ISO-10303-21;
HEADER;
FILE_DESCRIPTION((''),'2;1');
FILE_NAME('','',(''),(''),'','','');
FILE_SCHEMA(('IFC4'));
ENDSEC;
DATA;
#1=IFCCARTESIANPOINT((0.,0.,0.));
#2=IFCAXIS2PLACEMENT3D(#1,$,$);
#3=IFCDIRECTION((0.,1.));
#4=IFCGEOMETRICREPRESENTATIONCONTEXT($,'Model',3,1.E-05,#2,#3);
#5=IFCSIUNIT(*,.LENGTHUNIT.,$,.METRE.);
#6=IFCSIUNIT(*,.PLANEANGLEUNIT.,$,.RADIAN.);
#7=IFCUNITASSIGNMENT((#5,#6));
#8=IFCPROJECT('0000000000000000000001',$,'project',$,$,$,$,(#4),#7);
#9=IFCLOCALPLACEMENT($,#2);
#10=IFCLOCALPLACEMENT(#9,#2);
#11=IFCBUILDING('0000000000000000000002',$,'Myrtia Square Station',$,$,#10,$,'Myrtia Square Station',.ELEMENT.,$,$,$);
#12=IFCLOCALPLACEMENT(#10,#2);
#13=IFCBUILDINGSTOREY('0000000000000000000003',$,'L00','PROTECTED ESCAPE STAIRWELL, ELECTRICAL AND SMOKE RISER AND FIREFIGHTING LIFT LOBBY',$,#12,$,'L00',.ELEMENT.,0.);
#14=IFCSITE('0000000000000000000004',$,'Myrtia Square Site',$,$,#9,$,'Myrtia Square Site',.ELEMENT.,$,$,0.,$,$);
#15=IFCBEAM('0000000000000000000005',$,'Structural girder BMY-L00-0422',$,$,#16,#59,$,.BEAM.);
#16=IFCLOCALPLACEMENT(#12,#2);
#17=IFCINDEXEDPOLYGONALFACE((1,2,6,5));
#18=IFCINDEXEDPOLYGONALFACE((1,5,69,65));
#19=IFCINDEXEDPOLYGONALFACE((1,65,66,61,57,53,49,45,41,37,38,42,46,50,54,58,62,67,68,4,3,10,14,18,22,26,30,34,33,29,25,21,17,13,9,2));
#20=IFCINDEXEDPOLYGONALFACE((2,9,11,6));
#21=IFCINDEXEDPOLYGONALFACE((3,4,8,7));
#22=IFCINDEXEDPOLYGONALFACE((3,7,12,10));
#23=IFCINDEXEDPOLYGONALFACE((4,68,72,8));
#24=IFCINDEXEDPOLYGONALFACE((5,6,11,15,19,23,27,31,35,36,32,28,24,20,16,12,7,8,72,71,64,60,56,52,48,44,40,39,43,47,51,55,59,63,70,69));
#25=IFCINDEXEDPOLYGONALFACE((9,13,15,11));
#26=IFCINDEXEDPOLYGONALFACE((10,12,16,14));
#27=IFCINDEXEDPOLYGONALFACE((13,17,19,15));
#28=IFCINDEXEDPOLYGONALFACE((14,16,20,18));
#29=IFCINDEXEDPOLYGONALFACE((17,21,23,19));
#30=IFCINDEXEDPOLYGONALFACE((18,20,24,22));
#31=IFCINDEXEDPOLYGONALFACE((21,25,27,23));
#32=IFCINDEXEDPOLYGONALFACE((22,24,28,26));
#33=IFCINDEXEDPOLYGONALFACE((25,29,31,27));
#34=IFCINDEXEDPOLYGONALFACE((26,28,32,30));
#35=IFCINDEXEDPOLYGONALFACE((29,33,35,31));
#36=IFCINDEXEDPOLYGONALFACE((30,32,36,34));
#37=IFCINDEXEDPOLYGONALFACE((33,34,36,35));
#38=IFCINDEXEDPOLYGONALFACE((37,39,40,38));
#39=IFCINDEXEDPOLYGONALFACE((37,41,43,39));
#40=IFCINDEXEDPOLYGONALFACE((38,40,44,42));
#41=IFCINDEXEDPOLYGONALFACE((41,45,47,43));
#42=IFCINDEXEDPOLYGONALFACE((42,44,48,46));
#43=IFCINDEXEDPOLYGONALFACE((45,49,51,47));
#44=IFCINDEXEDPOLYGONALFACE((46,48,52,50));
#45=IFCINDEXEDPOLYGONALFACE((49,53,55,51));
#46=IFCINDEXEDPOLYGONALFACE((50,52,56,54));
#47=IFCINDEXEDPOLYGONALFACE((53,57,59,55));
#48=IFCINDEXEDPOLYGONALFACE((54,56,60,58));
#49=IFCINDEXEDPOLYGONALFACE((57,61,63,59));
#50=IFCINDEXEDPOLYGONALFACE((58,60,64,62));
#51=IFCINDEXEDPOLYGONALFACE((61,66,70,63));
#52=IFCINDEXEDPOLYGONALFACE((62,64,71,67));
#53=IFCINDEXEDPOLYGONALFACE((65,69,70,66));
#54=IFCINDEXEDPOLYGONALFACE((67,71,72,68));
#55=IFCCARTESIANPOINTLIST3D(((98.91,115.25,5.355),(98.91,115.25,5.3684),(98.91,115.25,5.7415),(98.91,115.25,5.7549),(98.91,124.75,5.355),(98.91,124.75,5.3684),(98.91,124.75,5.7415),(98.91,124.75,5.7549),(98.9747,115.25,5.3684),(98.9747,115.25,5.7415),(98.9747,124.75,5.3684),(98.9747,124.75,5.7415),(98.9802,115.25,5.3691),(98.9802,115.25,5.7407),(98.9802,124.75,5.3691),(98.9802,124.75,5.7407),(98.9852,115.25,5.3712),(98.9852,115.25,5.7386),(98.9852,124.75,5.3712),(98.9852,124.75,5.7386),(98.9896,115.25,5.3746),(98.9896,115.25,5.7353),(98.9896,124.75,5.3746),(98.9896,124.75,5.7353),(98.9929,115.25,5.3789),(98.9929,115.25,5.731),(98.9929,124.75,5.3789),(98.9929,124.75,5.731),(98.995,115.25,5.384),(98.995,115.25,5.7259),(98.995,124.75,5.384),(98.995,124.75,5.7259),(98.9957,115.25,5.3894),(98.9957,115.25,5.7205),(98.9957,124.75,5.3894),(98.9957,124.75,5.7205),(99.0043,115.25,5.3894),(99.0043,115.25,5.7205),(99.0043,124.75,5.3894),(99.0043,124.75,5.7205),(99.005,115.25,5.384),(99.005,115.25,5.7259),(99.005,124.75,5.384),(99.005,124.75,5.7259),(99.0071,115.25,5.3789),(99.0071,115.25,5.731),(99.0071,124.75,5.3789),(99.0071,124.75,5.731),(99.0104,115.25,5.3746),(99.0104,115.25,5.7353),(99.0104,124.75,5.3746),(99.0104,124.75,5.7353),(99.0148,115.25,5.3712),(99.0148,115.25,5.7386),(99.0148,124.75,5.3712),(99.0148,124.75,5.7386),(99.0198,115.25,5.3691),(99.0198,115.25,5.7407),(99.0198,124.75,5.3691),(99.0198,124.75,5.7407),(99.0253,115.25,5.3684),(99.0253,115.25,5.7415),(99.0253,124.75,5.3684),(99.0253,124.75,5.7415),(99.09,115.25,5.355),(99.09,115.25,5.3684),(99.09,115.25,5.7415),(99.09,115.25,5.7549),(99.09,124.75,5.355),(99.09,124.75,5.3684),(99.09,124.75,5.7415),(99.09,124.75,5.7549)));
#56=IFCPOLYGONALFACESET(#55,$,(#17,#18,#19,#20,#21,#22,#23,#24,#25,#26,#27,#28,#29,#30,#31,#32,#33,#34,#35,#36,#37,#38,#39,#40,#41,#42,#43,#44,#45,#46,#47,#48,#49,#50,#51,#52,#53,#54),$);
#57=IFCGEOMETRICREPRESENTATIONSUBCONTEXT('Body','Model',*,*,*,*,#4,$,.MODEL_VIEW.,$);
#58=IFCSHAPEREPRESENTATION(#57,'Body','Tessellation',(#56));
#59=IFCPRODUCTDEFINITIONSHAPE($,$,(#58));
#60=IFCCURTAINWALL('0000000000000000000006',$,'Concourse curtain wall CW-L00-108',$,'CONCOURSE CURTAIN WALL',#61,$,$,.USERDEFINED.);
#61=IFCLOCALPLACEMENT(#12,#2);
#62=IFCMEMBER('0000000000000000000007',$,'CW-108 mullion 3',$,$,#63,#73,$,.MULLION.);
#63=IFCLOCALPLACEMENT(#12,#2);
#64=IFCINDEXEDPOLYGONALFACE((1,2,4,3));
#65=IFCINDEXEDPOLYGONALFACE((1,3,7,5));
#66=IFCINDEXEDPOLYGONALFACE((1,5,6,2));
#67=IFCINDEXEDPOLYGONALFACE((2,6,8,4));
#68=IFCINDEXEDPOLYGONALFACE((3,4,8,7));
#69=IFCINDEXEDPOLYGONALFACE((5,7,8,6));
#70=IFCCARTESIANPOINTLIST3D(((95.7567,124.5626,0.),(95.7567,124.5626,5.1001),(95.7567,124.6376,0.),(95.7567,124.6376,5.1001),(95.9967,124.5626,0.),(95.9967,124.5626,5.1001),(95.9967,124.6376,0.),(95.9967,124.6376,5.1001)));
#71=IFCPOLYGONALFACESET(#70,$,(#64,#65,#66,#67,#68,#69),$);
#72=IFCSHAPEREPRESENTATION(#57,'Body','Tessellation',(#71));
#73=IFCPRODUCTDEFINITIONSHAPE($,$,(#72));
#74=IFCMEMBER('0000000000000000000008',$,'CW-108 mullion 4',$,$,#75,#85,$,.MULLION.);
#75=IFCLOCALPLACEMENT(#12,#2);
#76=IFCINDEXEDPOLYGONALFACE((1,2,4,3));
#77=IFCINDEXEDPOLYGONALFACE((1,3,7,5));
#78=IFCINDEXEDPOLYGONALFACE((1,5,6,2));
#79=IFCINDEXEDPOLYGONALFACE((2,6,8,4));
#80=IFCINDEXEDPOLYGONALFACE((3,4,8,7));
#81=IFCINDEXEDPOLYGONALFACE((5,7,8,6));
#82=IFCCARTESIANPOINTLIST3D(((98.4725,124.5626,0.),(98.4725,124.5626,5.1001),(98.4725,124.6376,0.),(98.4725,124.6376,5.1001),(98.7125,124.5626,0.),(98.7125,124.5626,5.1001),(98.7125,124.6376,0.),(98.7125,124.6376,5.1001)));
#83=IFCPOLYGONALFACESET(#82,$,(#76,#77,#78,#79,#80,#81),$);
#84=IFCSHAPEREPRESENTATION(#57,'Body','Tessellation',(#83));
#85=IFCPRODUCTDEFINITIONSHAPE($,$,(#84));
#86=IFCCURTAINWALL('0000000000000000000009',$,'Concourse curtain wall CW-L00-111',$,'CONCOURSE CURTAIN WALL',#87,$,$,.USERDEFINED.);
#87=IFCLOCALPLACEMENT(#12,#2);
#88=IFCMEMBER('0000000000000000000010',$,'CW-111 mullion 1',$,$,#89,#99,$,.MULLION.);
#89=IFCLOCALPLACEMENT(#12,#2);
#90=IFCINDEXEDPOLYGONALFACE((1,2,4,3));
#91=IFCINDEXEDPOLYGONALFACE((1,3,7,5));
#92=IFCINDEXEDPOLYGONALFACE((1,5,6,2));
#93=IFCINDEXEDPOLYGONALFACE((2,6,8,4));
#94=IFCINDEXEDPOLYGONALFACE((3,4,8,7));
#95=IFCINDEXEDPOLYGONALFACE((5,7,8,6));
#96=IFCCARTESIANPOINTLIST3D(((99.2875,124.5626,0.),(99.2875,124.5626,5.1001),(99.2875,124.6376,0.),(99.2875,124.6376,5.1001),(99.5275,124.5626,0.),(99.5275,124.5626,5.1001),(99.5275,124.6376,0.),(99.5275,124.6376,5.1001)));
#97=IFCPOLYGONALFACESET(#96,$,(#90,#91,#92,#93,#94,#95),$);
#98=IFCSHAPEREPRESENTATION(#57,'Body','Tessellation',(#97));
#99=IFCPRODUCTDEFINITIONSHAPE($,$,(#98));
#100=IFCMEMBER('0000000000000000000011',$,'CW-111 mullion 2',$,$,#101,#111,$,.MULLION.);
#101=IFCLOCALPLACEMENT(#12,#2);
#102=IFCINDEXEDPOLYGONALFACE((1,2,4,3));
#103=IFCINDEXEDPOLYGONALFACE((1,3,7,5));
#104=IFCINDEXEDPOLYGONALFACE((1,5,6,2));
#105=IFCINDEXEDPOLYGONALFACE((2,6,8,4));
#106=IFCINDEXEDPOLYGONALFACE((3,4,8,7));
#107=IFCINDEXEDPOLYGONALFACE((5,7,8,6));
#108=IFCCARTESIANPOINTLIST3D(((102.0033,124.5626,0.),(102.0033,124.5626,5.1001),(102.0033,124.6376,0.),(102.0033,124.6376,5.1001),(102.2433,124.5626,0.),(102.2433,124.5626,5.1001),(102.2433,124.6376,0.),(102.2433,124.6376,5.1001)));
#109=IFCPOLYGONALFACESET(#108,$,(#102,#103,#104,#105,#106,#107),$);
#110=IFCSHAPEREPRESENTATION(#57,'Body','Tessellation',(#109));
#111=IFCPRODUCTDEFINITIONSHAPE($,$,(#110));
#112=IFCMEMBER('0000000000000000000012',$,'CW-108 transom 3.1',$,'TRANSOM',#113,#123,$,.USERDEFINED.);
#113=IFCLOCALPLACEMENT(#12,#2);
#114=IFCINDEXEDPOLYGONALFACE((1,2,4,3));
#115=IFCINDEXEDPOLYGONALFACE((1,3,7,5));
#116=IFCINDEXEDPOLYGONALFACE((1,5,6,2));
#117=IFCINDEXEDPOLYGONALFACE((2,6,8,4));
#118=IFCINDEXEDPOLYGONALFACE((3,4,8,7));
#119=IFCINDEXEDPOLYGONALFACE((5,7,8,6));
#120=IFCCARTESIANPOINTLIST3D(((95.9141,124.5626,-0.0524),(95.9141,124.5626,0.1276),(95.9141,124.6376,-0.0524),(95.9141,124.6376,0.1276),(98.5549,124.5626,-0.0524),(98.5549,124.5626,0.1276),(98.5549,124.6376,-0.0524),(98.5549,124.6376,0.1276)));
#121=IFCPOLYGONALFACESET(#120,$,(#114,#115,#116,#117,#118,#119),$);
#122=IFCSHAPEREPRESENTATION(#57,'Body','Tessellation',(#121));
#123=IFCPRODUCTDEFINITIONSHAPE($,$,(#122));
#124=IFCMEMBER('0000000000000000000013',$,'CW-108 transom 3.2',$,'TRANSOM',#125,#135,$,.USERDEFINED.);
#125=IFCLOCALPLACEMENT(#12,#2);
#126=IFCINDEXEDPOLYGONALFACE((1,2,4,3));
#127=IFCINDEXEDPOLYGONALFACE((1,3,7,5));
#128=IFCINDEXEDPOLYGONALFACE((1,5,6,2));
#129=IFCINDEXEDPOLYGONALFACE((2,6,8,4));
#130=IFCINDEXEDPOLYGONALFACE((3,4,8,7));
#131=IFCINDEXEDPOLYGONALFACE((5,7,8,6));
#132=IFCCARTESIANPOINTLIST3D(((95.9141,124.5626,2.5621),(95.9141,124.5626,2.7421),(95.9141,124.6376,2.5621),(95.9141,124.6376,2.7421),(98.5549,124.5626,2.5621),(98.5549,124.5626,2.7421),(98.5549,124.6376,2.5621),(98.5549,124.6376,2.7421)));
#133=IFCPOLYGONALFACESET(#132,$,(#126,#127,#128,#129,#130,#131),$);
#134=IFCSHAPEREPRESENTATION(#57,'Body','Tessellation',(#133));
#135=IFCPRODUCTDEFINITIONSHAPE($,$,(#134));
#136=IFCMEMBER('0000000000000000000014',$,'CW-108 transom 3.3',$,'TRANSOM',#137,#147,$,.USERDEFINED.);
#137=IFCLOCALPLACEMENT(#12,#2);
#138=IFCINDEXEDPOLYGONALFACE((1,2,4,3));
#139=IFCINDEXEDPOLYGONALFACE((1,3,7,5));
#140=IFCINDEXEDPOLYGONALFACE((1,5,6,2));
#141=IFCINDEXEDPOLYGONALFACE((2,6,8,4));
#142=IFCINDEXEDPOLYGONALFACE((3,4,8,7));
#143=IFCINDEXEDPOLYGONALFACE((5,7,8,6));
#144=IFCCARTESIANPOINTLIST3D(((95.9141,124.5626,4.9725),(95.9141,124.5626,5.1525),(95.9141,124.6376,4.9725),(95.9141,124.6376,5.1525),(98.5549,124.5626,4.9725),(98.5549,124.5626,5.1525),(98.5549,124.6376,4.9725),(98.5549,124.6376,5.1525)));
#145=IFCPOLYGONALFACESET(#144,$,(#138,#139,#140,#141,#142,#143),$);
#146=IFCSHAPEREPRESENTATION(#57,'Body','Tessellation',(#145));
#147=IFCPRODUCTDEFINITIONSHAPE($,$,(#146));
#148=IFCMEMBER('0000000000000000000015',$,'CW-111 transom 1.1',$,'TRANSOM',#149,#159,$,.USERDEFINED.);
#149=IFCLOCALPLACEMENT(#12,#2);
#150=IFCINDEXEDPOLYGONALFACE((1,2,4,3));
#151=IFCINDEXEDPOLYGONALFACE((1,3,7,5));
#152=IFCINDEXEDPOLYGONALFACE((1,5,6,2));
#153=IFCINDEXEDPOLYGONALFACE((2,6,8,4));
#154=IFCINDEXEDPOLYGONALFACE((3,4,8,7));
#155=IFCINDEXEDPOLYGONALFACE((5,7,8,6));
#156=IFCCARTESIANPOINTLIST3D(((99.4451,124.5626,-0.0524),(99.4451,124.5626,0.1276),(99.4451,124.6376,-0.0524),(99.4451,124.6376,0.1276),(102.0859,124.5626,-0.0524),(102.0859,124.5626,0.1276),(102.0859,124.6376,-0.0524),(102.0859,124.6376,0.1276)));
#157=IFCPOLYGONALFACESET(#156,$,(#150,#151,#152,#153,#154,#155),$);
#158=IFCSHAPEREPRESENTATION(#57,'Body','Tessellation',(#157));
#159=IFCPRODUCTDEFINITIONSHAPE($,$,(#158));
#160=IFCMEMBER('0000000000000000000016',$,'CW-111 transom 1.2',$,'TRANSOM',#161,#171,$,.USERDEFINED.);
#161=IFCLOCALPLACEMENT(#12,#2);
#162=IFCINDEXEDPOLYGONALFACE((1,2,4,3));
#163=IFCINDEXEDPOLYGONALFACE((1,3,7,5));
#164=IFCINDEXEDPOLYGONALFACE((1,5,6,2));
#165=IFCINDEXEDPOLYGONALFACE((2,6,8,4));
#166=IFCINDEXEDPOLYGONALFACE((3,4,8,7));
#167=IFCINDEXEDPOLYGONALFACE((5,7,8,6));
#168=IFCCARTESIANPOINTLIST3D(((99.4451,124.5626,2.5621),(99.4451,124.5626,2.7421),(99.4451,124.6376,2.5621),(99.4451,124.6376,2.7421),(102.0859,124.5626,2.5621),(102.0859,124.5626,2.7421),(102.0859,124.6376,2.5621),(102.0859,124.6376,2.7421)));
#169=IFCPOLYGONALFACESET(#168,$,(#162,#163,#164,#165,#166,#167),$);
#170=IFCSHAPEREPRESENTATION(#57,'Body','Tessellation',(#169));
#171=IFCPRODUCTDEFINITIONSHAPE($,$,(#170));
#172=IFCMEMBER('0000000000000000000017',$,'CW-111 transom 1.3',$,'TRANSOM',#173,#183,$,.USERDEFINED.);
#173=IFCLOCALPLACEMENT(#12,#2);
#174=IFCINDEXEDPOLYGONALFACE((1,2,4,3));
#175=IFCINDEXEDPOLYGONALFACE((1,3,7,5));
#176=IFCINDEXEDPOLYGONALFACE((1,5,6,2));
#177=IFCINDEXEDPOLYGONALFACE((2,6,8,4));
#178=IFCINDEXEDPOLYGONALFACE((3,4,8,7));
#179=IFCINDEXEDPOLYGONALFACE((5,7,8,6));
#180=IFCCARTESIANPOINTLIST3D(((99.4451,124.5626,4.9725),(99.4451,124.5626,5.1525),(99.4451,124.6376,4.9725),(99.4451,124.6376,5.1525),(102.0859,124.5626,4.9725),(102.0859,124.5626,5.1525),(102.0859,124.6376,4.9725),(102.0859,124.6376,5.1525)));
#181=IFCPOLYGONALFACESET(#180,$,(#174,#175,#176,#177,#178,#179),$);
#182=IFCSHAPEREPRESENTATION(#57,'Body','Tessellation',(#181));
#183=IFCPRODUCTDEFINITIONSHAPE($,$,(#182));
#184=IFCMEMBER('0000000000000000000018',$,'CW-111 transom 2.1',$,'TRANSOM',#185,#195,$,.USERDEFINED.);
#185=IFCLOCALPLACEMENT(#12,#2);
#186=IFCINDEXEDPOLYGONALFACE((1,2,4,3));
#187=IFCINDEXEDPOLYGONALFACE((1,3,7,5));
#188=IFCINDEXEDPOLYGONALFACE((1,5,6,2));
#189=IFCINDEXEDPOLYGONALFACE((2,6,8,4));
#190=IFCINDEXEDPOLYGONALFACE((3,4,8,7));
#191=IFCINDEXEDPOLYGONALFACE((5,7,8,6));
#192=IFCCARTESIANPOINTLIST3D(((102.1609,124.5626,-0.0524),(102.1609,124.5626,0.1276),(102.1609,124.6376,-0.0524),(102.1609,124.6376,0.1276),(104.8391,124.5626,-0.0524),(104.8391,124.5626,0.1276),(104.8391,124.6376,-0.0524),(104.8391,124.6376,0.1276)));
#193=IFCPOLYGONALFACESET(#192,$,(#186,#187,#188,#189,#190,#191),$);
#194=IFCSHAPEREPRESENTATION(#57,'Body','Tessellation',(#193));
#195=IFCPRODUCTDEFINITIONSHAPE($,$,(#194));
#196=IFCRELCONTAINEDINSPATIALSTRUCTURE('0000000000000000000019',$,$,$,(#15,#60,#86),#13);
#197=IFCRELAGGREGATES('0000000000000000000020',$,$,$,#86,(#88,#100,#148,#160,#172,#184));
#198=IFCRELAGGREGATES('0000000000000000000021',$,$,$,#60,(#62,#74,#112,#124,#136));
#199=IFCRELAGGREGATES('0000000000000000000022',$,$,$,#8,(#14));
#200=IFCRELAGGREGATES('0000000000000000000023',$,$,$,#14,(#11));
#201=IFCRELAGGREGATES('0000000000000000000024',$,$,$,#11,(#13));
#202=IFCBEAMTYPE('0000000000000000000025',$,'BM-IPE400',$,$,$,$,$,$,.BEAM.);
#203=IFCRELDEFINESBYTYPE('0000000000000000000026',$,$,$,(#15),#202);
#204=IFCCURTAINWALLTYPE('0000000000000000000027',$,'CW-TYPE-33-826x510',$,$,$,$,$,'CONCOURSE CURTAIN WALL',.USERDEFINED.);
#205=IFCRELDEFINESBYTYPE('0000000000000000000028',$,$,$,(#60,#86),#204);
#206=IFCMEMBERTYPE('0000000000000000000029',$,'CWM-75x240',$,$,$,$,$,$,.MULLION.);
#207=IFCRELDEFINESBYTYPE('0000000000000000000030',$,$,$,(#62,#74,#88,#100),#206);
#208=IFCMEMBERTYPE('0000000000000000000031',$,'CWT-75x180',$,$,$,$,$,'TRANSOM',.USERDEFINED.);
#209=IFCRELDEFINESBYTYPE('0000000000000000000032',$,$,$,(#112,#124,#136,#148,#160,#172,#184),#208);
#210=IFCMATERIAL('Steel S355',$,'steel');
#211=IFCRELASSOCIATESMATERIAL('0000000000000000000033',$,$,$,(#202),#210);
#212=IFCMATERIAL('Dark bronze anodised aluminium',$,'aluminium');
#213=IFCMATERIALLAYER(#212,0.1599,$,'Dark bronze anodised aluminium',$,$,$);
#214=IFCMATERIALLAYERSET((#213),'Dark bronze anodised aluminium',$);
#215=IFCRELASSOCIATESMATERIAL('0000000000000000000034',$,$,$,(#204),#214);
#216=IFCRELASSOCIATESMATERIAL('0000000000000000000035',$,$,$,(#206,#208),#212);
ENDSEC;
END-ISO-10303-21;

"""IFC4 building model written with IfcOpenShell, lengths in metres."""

from ifc_helpers import new_model, si_unit, direction, frame, origin, origin_2d, place, context, subcontext, project, spatial, rectangle, i_section, extrude, material, layer, layer_set, material_profile, profile_set, type_object, element, aggregate, save


model = new_model("IFC4")

# Units and contexts
model_context = context("Model", 3, precision=1e-05, world=origin(), true_north=direction((0.0, 1.0)))
body_context = subcontext(model_context, "Body", "Model", "MODEL_VIEW")
ifc_project = project(units=[si_unit("LENGTHUNIT", "METRE"), si_unit("PLANEANGLEUNIT", "RADIAN")], contexts=[model_context])

# Site, building, storey
site_placement = place(None, origin())
site = spatial("IfcSite", under=ifc_project, at=site_placement, Name="Myrtia Square Site", LongName="Myrtia Square Site", CompositionType="ELEMENT", RefElevation=0.0)
building_placement = place(site_placement, origin())
building = spatial("IfcBuilding", under=site, at=building_placement, Name="Myrtia Square Station", LongName="Myrtia Square Station", CompositionType="ELEMENT")
storey_placement = place(building_placement, origin())
storey = spatial("IfcBuildingStorey", under=building, at=storey_placement, Name="L00", Description="PROTECTED ESCAPE STAIRWELL, ELECTRICAL AND SMOKE RISER AND FIREFIGHTING LIFT LOBBY", LongName="L00", CompositionType="ELEMENT", Elevation=0.0)

# Shared definitions
ifc_material_1 = material(Name="Steel S355", Category="steel")

# Beam
ifc_material_profile_1 = material_profile(ifc_material_1, i_section(OverallWidth=0.1799, OverallDepth=0.3999, WebThickness=0.0085, FlangeThickness=0.0134, FilletRadius=0.021, at=origin_2d()), Name="IPE 400")
ifc_profile_set_1 = profile_set([ifc_material_profile_1], Name="Steel S355")
beam_type_1 = type_object("IfcBeamType", Name="BM-IPE400", PredefinedType="BEAM", material=ifc_profile_set_1)
beam_1_placement = place(storey_placement, frame((99.0, 115.25, 5.5549), z_axis=(0.0, 1.0, 0.0), x_axis=(-1.0, 0.0, 0.0)))
element("IfcBeam", 1, at=beam_1_placement, inside=storey, type_object=beam_type_1, Name="Structural girder BMY-L00-0422", PredefinedType="BEAM", context=body_context, shape_type="SweptSolid", body=[
    extrude(i_section(OverallWidth=0.1799, OverallDepth=0.3999, WebThickness=0.0085, FlangeThickness=0.0134, FilletRadius=0.021, at=origin_2d()), origin(), (0.0, 0.0, 1.0), 9.5),
])

# Curtain walls, members
ifc_material_2 = material(Name="Dark bronze anodised aluminium", Category="aluminium")
ifc_layer_1 = layer(ifc_material_2, 0.1599, Name="Dark bronze anodised aluminium")
ifc_layer_set_1 = layer_set([ifc_layer_1], Name="Dark bronze anodised aluminium")
curtain_wall_type = type_object("IfcCurtainWallType", Name="CW-TYPE-33-826x510", ElementType="CONCOURSE CURTAIN WALL", PredefinedType="USERDEFINED", material=ifc_layer_set_1)
curtain_wall_1_placement = place(storey_placement, origin())
curtain_wall_1 = element("IfcCurtainWall", 2, at=curtain_wall_1_placement, inside=storey, type_object=curtain_wall_type, Name="Concourse curtain wall CW-L00-108", ObjectType="CONCOURSE CURTAIN WALL", PredefinedType="USERDEFINED")
ifc_material_profile_2 = material_profile(ifc_material_2, rectangle(XDim=0.075, YDim=0.24, at=origin_2d()), Name="ALU-M 75x240")
ifc_profile_set_2 = profile_set([ifc_material_profile_2], Name="Dark bronze anodised aluminium")
member_type_1 = type_object("IfcMemberType", Name="CWM-75x240", PredefinedType="MULLION", material=ifc_profile_set_2)
member_1_placement = place(storey_placement, frame((95.8767, 124.6001, 0.0), z_axis=(0.0, 0.0, 1.0), x_axis=(0.0, 1.0, 0.0)))
member_1 = element("IfcMember", 3, at=member_1_placement, type_object=member_type_1, Name="CW-108 mullion 3", PredefinedType="MULLION", context=body_context, shape_type="SweptSolid", body=[
    extrude(rectangle(XDim=0.075, YDim=0.24, at=origin_2d()), origin(), (0.0, 0.0, 1.0), 5.1001),
])
member_2_placement = place(storey_placement, frame((98.5925, 124.6001, 0.0), z_axis=(0.0, 0.0, 1.0), x_axis=(0.0, 1.0, 0.0)))
member_2 = element("IfcMember", 4, at=member_2_placement, type_object=member_type_1, Name="CW-108 mullion 4", PredefinedType="MULLION", context=body_context, shape_type="SweptSolid", body=[
    extrude(rectangle(XDim=0.075, YDim=0.24, at=origin_2d()), origin(), (0.0, 0.0, 1.0), 5.1001),
])
curtain_wall_2_placement = place(storey_placement, origin())
curtain_wall_2 = element("IfcCurtainWall", 5, at=curtain_wall_2_placement, inside=storey, type_object=curtain_wall_type, Name="Concourse curtain wall CW-L00-111", ObjectType="CONCOURSE CURTAIN WALL", PredefinedType="USERDEFINED")
member_3_placement = place(storey_placement, frame((99.4075, 124.6001, 0.0), z_axis=(0.0, 0.0, 1.0), x_axis=(0.0, 1.0, 0.0)))
member_3 = element("IfcMember", 6, at=member_3_placement, type_object=member_type_1, Name="CW-111 mullion 1", PredefinedType="MULLION", context=body_context, shape_type="SweptSolid", body=[
    extrude(rectangle(XDim=0.075, YDim=0.24, at=origin_2d()), origin(), (0.0, 0.0, 1.0), 5.1001),
])
member_4_placement = place(storey_placement, frame((102.1233, 124.6001, 0.0), z_axis=(0.0, 0.0, 1.0), x_axis=(0.0, 1.0, 0.0)))
member_4 = element("IfcMember", 7, at=member_4_placement, type_object=member_type_1, Name="CW-111 mullion 2", PredefinedType="MULLION", context=body_context, shape_type="SweptSolid", body=[
    extrude(rectangle(XDim=0.075, YDim=0.24, at=origin_2d()), origin(), (0.0, 0.0, 1.0), 5.1001),
])

# Members
ifc_material_profile_3 = material_profile(ifc_material_2, rectangle(XDim=0.075, YDim=0.1799, at=origin_2d()), Name="ALU-T 75x180")
ifc_profile_set_3 = profile_set([ifc_material_profile_3], Name="Dark bronze anodised aluminium")
member_type_2 = type_object("IfcMemberType", Name="CWT-75x180", ElementType="TRANSOM", PredefinedType="USERDEFINED", material=ifc_profile_set_3)
member_5_placement = place(storey_placement, frame((95.9141, 124.6001, 0.0376), z_axis=(1.0, 0.0, 0.0), x_axis=(0.0, 1.0, 0.0)))
member_5 = element("IfcMember", 8, at=member_5_placement, type_object=member_type_2, Name="CW-108 transom 3.1", ObjectType="TRANSOM", PredefinedType="USERDEFINED", context=body_context, shape_type="SweptSolid", body=[
    extrude(rectangle(XDim=0.075, YDim=0.1799, at=origin_2d()), origin(), (0.0, 0.0, 1.0), 2.6409),
])
member_6_placement = place(storey_placement, frame((95.9141, 124.6001, 2.6521), z_axis=(1.0, 0.0, 0.0), x_axis=(0.0, 1.0, 0.0)))
member_6 = element("IfcMember", 9, at=member_6_placement, type_object=member_type_2, Name="CW-108 transom 3.2", ObjectType="TRANSOM", PredefinedType="USERDEFINED", context=body_context, shape_type="SweptSolid", body=[
    extrude(rectangle(XDim=0.075, YDim=0.1799, at=origin_2d()), origin(), (0.0, 0.0, 1.0), 2.6409),
])
member_7_placement = place(storey_placement, frame((95.9141, 124.6001, 5.0625), z_axis=(1.0, 0.0, 0.0), x_axis=(0.0, 1.0, 0.0)))
member_7 = element("IfcMember", 10, at=member_7_placement, type_object=member_type_2, Name="CW-108 transom 3.3", ObjectType="TRANSOM", PredefinedType="USERDEFINED", context=body_context, shape_type="SweptSolid", body=[
    extrude(rectangle(XDim=0.075, YDim=0.1799, at=origin_2d()), origin(), (0.0, 0.0, 1.0), 2.6409),
])
member_8_placement = place(storey_placement, frame((99.4451, 124.6001, 0.0376), z_axis=(1.0, 0.0, 0.0), x_axis=(0.0, 1.0, 0.0)))
member_8 = element("IfcMember", 11, at=member_8_placement, type_object=member_type_2, Name="CW-111 transom 1.1", ObjectType="TRANSOM", PredefinedType="USERDEFINED", context=body_context, shape_type="SweptSolid", body=[
    extrude(rectangle(XDim=0.075, YDim=0.1799, at=origin_2d()), origin(), (0.0, 0.0, 1.0), 2.6409),
])
member_9_placement = place(storey_placement, frame((99.4451, 124.6001, 2.6521), z_axis=(1.0, 0.0, 0.0), x_axis=(0.0, 1.0, 0.0)))
member_9 = element("IfcMember", 12, at=member_9_placement, type_object=member_type_2, Name="CW-111 transom 1.2", ObjectType="TRANSOM", PredefinedType="USERDEFINED", context=body_context, shape_type="SweptSolid", body=[
    extrude(rectangle(XDim=0.075, YDim=0.1799, at=origin_2d()), origin(), (0.0, 0.0, 1.0), 2.6409),
])
member_10_placement = place(storey_placement, frame((99.4451, 124.6001, 5.0625), z_axis=(1.0, 0.0, 0.0), x_axis=(0.0, 1.0, 0.0)))
member_10 = element("IfcMember", 13, at=member_10_placement, type_object=member_type_2, Name="CW-111 transom 1.3", ObjectType="TRANSOM", PredefinedType="USERDEFINED", context=body_context, shape_type="SweptSolid", body=[
    extrude(rectangle(XDim=0.075, YDim=0.1799, at=origin_2d()), origin(), (0.0, 0.0, 1.0), 2.6409),
])
member_11_placement = place(storey_placement, frame((102.1609, 124.6001, 0.0376), z_axis=(1.0, 0.0, 0.0), x_axis=(0.0, 1.0, 0.0)))
member_11 = element("IfcMember", 14, at=member_11_placement, type_object=member_type_2, Name="CW-111 transom 2.1", ObjectType="TRANSOM", PredefinedType="USERDEFINED", context=body_context, shape_type="SweptSolid", body=[
    extrude(rectangle(XDim=0.075, YDim=0.1799, at=origin_2d()), origin(), (0.0, 0.0, 1.0), 2.6782),
])

aggregate(curtain_wall_2, [member_3, member_4, member_8, member_9, member_10, member_11])
aggregate(curtain_wall_1, [member_1, member_2, member_5, member_6, member_7])

save(model, "model.ifc")
